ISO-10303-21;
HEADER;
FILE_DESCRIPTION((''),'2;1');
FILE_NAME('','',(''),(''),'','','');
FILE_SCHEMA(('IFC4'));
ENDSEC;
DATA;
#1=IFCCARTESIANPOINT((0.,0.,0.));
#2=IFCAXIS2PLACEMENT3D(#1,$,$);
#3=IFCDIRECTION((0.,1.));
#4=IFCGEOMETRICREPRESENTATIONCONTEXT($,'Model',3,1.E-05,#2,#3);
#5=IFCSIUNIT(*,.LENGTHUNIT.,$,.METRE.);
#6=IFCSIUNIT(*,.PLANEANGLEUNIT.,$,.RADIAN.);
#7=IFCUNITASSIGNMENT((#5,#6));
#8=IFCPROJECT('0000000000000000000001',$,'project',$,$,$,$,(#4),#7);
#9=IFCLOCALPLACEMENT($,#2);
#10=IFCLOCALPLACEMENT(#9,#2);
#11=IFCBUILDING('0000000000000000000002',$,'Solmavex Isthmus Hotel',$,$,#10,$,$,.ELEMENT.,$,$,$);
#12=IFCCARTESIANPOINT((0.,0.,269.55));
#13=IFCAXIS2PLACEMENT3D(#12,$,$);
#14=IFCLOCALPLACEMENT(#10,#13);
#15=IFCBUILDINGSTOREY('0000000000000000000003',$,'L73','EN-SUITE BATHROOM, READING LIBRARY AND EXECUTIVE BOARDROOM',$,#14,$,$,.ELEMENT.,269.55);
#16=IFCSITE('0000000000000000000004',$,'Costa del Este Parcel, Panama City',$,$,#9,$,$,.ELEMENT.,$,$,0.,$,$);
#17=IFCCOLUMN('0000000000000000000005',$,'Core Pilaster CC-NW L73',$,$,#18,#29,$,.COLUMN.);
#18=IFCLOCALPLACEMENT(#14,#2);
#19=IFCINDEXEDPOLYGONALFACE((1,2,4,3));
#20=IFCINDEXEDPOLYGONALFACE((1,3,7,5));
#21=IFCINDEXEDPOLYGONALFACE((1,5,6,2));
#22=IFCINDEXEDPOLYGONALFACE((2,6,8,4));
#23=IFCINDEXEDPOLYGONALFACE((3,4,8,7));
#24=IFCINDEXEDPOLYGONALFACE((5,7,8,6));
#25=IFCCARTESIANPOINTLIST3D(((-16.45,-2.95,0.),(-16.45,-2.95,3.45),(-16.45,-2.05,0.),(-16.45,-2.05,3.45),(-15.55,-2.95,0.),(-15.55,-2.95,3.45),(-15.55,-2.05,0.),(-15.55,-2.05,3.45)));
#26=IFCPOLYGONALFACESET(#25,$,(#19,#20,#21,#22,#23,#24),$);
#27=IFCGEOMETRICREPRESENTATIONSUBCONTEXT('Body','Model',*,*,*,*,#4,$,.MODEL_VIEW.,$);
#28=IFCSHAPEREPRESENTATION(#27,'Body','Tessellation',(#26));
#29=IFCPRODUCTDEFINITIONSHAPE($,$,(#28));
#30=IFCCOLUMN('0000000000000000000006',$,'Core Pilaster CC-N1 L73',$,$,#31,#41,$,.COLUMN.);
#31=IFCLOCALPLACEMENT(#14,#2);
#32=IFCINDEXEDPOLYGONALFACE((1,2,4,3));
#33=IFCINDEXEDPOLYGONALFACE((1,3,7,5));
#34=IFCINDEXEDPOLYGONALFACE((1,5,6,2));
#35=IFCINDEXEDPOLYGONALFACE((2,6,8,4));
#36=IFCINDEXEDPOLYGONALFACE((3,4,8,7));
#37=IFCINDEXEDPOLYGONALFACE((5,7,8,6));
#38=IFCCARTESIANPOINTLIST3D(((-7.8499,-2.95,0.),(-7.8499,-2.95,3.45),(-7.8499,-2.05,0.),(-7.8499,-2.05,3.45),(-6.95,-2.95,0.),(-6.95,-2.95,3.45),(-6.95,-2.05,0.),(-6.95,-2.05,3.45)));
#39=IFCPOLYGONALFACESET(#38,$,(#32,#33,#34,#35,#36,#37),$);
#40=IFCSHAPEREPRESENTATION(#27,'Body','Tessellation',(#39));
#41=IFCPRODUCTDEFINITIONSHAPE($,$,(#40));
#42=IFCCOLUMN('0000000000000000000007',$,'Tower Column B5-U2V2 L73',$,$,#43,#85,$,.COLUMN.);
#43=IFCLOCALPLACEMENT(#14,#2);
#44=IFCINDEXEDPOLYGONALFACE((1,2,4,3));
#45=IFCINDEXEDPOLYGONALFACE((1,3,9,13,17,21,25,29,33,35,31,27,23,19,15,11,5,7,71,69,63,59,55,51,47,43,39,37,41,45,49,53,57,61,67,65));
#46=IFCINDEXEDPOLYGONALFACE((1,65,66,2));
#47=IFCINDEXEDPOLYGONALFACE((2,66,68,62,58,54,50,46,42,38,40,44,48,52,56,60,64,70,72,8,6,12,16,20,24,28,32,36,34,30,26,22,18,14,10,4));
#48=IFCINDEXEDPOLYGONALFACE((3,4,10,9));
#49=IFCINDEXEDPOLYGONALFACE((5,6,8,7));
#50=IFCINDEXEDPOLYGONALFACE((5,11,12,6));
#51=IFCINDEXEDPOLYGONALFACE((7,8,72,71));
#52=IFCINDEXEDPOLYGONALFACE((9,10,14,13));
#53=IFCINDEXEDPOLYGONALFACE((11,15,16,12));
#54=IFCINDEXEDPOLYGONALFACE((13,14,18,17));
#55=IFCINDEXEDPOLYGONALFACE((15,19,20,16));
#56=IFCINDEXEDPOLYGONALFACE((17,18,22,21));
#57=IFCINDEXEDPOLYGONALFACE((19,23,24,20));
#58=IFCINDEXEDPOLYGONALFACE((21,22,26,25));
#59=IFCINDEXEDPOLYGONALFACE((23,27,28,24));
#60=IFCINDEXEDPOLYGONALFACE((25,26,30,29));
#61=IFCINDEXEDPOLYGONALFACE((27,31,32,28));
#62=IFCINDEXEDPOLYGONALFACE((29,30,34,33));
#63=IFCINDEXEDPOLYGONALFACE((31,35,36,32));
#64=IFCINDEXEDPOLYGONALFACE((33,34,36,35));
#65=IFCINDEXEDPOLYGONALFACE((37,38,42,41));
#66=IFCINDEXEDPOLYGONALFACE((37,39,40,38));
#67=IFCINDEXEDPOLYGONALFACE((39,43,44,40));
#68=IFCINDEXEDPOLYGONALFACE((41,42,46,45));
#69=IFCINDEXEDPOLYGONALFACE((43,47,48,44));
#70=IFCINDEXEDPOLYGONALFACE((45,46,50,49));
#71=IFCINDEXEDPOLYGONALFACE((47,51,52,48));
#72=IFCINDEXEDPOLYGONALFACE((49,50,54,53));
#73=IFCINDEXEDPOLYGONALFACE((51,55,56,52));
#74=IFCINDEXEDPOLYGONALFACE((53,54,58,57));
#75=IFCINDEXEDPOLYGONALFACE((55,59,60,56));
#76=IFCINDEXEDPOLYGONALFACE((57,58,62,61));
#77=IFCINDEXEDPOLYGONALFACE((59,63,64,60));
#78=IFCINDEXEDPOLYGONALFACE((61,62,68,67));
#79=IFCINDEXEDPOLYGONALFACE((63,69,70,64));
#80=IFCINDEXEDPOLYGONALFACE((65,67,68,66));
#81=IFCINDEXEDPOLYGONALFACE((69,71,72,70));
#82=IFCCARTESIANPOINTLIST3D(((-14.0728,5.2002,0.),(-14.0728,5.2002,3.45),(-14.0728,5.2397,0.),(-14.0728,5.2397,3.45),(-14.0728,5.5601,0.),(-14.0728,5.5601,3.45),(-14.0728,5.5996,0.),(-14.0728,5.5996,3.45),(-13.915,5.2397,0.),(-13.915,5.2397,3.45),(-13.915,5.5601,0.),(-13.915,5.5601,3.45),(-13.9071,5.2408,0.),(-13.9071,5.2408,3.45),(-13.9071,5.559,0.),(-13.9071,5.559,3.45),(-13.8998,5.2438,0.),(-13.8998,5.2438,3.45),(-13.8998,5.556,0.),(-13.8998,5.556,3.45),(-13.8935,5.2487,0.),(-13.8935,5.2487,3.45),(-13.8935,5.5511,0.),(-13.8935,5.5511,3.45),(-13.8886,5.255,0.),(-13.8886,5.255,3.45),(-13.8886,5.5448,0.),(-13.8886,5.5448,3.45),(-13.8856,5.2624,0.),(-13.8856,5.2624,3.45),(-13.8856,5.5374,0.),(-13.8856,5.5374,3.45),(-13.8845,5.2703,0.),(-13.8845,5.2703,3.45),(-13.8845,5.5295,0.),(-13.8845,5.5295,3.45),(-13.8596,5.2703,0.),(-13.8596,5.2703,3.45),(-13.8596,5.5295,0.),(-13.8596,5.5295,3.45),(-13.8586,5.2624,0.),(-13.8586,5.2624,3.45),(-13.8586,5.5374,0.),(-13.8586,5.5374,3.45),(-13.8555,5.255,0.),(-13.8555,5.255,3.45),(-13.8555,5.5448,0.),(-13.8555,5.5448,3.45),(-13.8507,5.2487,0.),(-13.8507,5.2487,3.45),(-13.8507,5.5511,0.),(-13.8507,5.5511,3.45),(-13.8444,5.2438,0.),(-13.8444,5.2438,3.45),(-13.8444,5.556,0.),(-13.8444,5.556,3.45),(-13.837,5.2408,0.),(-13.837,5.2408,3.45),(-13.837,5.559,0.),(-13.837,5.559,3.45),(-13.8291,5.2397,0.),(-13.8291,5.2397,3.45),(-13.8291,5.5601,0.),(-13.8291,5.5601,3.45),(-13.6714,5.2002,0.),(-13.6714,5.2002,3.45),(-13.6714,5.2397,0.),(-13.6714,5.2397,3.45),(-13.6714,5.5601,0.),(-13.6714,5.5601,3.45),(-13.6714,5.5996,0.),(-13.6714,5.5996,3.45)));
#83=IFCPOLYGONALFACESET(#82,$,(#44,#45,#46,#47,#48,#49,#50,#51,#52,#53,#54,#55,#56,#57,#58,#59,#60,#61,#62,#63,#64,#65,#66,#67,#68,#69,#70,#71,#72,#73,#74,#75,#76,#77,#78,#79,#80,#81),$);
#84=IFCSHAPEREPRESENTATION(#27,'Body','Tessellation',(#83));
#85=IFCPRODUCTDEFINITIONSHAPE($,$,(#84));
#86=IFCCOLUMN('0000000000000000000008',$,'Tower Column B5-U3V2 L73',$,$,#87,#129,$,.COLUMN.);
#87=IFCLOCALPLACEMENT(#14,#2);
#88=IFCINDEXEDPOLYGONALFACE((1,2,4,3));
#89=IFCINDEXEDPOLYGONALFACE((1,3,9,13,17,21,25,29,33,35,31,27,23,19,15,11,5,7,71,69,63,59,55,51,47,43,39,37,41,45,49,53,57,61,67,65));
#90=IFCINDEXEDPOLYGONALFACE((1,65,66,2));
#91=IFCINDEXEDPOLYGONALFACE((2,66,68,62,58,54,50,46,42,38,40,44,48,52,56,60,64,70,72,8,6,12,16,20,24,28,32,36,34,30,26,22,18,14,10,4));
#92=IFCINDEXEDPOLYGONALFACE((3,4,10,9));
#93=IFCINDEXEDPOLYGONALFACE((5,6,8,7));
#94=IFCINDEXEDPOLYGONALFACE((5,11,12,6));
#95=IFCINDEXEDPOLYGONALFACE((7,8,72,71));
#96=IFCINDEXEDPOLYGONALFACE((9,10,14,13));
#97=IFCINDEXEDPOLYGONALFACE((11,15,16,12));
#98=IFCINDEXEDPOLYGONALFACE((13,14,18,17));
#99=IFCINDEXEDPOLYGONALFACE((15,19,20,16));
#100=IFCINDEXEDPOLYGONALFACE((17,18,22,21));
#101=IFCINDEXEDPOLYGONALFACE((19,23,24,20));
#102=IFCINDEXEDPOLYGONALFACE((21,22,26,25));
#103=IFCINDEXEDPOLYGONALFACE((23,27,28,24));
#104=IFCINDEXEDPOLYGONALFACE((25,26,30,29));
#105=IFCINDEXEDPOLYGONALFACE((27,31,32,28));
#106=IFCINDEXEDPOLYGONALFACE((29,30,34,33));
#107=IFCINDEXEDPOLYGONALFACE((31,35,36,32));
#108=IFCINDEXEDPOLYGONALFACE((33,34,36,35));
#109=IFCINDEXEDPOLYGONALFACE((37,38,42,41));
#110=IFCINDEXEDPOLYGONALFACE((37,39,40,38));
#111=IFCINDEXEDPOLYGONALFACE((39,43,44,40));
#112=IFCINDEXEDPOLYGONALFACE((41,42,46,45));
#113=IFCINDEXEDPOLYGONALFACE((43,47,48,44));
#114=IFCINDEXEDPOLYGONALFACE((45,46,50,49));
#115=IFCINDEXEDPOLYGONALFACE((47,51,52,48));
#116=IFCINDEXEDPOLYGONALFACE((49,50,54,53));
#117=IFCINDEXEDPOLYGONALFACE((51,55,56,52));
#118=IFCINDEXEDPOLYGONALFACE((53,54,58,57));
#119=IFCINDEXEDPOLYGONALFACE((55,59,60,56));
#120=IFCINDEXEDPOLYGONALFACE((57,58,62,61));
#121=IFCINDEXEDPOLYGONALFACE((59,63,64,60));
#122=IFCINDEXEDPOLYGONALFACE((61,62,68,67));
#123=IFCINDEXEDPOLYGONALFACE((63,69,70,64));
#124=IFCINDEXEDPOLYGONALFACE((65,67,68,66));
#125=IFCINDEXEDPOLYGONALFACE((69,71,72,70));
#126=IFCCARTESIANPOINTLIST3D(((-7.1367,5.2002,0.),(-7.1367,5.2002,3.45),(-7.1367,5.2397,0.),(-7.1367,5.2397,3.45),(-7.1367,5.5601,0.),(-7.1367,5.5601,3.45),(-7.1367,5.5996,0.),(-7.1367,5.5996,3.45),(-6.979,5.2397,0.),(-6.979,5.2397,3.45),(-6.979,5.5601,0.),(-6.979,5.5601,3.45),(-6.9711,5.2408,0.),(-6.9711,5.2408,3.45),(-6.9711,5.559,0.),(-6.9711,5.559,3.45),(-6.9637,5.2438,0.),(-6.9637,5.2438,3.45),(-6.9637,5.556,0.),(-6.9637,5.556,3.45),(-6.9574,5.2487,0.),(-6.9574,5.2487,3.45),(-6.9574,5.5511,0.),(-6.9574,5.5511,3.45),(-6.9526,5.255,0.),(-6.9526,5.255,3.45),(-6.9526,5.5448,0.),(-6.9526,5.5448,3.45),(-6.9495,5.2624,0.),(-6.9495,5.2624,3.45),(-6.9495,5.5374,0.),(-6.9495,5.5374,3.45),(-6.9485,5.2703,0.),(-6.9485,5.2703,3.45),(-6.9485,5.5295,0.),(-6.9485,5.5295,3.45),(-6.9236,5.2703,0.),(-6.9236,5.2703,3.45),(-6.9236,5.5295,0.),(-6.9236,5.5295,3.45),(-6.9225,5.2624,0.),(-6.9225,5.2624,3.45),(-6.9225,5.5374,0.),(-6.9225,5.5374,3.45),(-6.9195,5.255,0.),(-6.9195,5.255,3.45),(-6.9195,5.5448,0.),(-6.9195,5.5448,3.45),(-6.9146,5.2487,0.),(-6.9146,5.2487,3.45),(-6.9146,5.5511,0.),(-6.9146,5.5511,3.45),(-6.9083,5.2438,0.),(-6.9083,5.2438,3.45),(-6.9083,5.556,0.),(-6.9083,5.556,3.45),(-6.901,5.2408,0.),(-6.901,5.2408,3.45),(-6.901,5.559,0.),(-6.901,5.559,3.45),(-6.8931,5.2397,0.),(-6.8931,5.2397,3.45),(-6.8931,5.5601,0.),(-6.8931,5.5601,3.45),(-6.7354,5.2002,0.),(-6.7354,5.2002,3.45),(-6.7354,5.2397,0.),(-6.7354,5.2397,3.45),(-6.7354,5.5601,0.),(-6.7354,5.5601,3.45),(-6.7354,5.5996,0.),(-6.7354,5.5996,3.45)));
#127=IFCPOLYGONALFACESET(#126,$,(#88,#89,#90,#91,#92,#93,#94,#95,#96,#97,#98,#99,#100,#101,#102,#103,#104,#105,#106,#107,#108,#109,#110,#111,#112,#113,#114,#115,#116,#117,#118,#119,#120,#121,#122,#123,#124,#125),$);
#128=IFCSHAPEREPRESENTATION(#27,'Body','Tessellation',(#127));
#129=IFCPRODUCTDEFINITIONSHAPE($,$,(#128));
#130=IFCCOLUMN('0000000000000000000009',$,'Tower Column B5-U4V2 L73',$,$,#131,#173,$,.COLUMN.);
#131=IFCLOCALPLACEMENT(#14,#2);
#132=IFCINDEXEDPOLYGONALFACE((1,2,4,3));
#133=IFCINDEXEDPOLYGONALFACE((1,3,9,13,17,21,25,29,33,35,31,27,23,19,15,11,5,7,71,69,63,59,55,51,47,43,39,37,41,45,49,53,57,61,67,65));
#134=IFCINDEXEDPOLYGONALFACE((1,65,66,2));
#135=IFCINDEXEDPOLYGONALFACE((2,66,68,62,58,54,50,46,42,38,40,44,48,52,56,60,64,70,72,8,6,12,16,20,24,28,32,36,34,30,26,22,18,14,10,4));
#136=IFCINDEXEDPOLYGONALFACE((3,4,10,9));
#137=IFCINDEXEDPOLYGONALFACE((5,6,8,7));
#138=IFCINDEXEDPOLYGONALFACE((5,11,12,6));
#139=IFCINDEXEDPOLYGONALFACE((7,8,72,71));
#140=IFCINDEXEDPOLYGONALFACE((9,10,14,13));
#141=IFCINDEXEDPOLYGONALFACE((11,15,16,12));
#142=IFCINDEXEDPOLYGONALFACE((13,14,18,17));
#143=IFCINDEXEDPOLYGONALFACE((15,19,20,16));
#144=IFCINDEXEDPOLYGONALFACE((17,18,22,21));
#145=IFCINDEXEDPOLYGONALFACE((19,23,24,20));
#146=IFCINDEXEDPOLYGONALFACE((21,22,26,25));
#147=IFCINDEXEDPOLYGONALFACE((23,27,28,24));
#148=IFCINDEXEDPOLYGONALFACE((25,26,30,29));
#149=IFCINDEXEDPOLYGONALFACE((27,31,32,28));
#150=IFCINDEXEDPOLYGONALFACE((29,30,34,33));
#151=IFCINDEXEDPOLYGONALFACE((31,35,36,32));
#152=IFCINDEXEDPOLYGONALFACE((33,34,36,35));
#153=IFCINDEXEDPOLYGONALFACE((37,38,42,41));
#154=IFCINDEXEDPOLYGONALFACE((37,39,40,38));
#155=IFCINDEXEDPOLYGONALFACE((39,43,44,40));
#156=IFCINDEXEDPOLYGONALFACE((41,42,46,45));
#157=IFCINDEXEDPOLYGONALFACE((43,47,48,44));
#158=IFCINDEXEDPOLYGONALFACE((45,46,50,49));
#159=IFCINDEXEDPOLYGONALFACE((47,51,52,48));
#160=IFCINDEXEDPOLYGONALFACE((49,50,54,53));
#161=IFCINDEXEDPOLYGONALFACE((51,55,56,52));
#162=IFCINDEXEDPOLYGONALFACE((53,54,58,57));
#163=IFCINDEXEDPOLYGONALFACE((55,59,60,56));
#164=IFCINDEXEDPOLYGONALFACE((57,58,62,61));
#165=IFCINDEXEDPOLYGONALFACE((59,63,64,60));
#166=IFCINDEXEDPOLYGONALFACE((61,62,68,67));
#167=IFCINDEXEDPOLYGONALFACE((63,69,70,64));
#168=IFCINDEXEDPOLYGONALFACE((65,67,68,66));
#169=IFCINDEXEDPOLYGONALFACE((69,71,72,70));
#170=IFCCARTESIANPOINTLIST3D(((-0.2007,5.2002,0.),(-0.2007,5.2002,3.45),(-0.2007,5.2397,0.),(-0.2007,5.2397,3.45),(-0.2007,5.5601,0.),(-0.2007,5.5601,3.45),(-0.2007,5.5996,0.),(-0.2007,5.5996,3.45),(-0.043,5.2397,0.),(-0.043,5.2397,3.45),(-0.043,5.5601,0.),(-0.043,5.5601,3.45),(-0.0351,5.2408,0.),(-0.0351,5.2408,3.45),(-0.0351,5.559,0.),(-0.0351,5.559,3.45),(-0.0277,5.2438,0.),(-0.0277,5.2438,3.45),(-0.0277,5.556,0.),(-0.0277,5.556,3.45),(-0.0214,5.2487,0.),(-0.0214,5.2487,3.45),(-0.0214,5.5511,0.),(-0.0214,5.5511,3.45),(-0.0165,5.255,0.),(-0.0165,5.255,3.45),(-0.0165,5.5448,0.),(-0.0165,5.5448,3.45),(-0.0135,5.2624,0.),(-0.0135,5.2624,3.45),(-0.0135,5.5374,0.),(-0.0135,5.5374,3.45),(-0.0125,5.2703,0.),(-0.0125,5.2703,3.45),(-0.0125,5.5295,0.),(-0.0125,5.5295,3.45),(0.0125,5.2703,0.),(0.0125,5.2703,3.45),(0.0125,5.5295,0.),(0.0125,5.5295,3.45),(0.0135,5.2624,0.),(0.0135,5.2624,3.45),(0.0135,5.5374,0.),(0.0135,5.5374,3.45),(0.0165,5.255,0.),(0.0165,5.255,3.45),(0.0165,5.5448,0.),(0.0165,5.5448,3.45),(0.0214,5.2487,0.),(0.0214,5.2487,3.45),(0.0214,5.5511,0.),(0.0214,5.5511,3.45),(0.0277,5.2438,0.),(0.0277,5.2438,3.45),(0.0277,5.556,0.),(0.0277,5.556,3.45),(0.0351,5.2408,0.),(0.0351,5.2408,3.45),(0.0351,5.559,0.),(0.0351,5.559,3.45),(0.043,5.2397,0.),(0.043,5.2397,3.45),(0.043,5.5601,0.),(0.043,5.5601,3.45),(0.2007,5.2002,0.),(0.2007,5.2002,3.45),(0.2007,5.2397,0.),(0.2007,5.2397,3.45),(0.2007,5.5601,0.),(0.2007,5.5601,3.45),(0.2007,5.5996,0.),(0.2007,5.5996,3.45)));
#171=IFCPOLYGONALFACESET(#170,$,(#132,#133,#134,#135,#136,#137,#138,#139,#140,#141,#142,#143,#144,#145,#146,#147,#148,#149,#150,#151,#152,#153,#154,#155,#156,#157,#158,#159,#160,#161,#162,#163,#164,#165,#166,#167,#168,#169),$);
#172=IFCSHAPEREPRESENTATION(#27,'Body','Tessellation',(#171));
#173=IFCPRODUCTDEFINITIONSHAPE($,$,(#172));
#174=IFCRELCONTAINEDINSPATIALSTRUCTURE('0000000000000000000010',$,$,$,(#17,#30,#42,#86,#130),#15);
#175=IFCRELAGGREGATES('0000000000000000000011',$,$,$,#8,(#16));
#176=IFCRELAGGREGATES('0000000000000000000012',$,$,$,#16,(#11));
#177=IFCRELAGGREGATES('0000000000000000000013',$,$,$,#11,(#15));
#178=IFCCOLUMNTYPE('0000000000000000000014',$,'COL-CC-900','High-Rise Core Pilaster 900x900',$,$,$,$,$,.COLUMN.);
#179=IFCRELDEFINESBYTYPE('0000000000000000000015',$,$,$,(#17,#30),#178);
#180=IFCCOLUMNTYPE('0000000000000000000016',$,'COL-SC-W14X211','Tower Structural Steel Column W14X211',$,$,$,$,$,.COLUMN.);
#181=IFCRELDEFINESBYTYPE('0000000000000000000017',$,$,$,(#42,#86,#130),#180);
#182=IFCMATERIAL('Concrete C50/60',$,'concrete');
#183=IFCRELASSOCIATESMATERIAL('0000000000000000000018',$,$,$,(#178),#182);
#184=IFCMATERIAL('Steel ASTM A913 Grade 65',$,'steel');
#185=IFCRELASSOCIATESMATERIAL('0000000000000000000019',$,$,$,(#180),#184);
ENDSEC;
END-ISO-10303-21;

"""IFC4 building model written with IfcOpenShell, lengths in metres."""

from ifc_helpers import new_model, si_unit, direction, frame, origin, origin_2d, place, context, subcontext, project, spatial, rectangle, i_section, extrude, material, material_profile, profile_set, type_object, element, save


model = new_model("IFC4")

# Units and contexts
model_context = context("Model", 3, precision=1e-05, world=origin(), true_north=direction((0.0, 1.0)))
body_context = subcontext(model_context, "Body", "Model", "MODEL_VIEW")
ifc_project = project(units=[si_unit("LENGTHUNIT", "METRE"), si_unit("PLANEANGLEUNIT", "RADIAN")], contexts=[model_context])

# Site, building, storey
site_placement = place(None, origin())
site = spatial("IfcSite", under=ifc_project, at=site_placement, Name="Costa del Este Parcel, Panama City", CompositionType="ELEMENT", RefElevation=0.0)
building_placement = place(site_placement, origin())
building = spatial("IfcBuilding", under=site, at=building_placement, Name="Solmavex Isthmus Hotel", CompositionType="ELEMENT")
storey_placement = place(building_placement, frame((0.0, 0.0, 269.55)))
storey = spatial("IfcBuildingStorey", under=building, at=storey_placement, Name="L73", Description="EN-SUITE BATHROOM, READING LIBRARY AND EXECUTIVE BOARDROOM", CompositionType="ELEMENT", Elevation=269.55)

# Columns
ifc_material_1 = material(Name="Concrete C50/60", Category="concrete")
ifc_material_profile_1 = material_profile(ifc_material_1, rectangle(XDim=0.8999, YDim=0.8999, at=origin_2d()), Name="RC900X900")
ifc_profile_set_1 = profile_set([ifc_material_profile_1], Name="Concrete C50/60")
column_type_1 = type_object("IfcColumnType", Name="COL-CC-900", Description="High-Rise Core Pilaster 900x900", PredefinedType="COLUMN", material=ifc_profile_set_1)
for number, where, z_axis, x_axis, name in (
    (1, (-16.0, -2.5, 0.0), (0.0, 0.0, 1.0), (1.0, 0.0, 0.0), "Core Pilaster CC-NW L73"),
    (2, (-7.3999, -2.5, 0.0), (0.0, 0.0, 1.0), (1.0, 0.0, 0.0), "Core Pilaster CC-N1 L73"),
):
    element("IfcColumn", number, at=place(storey_placement, frame(where, z_axis=z_axis, x_axis=x_axis)), inside=storey, type_object=column_type_1, Name=name, PredefinedType="COLUMN", context=body_context, shape_type="SweptSolid", body=[
        extrude(rectangle(XDim=0.8999, YDim=0.8999, at=origin_2d()), origin(), (0.0, 0.0, 1.0), 3.45),
    ])
ifc_material_2 = material(Name="Steel ASTM A913 Grade 65", Category="steel")
ifc_material_profile_2 = material_profile(ifc_material_2, i_section(OverallWidth=0.4014, OverallDepth=0.3994, WebThickness=0.0249, FlangeThickness=0.0396, FilletRadius=0.0305, at=origin_2d()), Name="W14X211")
ifc_profile_set_2 = profile_set([ifc_material_profile_2], Name="Steel ASTM A913 Grade 65")
column_type_2 = type_object("IfcColumnType", Name="COL-SC-W14X211", Description="Tower Structural Steel Column W14X211", PredefinedType="COLUMN", material=ifc_profile_set_2)
for number, where, z_axis, x_axis, name in (
    (3, (-13.8721, 5.3999, 0.0), (0.0, 0.0, 1.0), (1.0, 0.0, 0.0), "Tower Column B5-U2V2 L73"),
    (4, (-6.936, 5.3999, 0.0), (0.0, 0.0, 1.0), (1.0, 0.0, 0.0), "Tower Column B5-U3V2 L73"),
    (5, (0.0, 5.3999, 0.0), (0.0, 0.0, 1.0), (1.0, 0.0, 0.0), "Tower Column B5-U4V2 L73"),
):
    element("IfcColumn", number, at=place(storey_placement, frame(where, z_axis=z_axis, x_axis=x_axis)), inside=storey, type_object=column_type_2, Name=name, PredefinedType="COLUMN", context=body_context, shape_type="SweptSolid", body=[
        extrude(i_section(OverallWidth=0.4014, OverallDepth=0.3994, WebThickness=0.0249, FlangeThickness=0.0396, FilletRadius=0.0305, at=origin_2d()), origin(), (0.0, 0.0, 1.0), 3.45),
    ])

save(model, "model.ifc")
